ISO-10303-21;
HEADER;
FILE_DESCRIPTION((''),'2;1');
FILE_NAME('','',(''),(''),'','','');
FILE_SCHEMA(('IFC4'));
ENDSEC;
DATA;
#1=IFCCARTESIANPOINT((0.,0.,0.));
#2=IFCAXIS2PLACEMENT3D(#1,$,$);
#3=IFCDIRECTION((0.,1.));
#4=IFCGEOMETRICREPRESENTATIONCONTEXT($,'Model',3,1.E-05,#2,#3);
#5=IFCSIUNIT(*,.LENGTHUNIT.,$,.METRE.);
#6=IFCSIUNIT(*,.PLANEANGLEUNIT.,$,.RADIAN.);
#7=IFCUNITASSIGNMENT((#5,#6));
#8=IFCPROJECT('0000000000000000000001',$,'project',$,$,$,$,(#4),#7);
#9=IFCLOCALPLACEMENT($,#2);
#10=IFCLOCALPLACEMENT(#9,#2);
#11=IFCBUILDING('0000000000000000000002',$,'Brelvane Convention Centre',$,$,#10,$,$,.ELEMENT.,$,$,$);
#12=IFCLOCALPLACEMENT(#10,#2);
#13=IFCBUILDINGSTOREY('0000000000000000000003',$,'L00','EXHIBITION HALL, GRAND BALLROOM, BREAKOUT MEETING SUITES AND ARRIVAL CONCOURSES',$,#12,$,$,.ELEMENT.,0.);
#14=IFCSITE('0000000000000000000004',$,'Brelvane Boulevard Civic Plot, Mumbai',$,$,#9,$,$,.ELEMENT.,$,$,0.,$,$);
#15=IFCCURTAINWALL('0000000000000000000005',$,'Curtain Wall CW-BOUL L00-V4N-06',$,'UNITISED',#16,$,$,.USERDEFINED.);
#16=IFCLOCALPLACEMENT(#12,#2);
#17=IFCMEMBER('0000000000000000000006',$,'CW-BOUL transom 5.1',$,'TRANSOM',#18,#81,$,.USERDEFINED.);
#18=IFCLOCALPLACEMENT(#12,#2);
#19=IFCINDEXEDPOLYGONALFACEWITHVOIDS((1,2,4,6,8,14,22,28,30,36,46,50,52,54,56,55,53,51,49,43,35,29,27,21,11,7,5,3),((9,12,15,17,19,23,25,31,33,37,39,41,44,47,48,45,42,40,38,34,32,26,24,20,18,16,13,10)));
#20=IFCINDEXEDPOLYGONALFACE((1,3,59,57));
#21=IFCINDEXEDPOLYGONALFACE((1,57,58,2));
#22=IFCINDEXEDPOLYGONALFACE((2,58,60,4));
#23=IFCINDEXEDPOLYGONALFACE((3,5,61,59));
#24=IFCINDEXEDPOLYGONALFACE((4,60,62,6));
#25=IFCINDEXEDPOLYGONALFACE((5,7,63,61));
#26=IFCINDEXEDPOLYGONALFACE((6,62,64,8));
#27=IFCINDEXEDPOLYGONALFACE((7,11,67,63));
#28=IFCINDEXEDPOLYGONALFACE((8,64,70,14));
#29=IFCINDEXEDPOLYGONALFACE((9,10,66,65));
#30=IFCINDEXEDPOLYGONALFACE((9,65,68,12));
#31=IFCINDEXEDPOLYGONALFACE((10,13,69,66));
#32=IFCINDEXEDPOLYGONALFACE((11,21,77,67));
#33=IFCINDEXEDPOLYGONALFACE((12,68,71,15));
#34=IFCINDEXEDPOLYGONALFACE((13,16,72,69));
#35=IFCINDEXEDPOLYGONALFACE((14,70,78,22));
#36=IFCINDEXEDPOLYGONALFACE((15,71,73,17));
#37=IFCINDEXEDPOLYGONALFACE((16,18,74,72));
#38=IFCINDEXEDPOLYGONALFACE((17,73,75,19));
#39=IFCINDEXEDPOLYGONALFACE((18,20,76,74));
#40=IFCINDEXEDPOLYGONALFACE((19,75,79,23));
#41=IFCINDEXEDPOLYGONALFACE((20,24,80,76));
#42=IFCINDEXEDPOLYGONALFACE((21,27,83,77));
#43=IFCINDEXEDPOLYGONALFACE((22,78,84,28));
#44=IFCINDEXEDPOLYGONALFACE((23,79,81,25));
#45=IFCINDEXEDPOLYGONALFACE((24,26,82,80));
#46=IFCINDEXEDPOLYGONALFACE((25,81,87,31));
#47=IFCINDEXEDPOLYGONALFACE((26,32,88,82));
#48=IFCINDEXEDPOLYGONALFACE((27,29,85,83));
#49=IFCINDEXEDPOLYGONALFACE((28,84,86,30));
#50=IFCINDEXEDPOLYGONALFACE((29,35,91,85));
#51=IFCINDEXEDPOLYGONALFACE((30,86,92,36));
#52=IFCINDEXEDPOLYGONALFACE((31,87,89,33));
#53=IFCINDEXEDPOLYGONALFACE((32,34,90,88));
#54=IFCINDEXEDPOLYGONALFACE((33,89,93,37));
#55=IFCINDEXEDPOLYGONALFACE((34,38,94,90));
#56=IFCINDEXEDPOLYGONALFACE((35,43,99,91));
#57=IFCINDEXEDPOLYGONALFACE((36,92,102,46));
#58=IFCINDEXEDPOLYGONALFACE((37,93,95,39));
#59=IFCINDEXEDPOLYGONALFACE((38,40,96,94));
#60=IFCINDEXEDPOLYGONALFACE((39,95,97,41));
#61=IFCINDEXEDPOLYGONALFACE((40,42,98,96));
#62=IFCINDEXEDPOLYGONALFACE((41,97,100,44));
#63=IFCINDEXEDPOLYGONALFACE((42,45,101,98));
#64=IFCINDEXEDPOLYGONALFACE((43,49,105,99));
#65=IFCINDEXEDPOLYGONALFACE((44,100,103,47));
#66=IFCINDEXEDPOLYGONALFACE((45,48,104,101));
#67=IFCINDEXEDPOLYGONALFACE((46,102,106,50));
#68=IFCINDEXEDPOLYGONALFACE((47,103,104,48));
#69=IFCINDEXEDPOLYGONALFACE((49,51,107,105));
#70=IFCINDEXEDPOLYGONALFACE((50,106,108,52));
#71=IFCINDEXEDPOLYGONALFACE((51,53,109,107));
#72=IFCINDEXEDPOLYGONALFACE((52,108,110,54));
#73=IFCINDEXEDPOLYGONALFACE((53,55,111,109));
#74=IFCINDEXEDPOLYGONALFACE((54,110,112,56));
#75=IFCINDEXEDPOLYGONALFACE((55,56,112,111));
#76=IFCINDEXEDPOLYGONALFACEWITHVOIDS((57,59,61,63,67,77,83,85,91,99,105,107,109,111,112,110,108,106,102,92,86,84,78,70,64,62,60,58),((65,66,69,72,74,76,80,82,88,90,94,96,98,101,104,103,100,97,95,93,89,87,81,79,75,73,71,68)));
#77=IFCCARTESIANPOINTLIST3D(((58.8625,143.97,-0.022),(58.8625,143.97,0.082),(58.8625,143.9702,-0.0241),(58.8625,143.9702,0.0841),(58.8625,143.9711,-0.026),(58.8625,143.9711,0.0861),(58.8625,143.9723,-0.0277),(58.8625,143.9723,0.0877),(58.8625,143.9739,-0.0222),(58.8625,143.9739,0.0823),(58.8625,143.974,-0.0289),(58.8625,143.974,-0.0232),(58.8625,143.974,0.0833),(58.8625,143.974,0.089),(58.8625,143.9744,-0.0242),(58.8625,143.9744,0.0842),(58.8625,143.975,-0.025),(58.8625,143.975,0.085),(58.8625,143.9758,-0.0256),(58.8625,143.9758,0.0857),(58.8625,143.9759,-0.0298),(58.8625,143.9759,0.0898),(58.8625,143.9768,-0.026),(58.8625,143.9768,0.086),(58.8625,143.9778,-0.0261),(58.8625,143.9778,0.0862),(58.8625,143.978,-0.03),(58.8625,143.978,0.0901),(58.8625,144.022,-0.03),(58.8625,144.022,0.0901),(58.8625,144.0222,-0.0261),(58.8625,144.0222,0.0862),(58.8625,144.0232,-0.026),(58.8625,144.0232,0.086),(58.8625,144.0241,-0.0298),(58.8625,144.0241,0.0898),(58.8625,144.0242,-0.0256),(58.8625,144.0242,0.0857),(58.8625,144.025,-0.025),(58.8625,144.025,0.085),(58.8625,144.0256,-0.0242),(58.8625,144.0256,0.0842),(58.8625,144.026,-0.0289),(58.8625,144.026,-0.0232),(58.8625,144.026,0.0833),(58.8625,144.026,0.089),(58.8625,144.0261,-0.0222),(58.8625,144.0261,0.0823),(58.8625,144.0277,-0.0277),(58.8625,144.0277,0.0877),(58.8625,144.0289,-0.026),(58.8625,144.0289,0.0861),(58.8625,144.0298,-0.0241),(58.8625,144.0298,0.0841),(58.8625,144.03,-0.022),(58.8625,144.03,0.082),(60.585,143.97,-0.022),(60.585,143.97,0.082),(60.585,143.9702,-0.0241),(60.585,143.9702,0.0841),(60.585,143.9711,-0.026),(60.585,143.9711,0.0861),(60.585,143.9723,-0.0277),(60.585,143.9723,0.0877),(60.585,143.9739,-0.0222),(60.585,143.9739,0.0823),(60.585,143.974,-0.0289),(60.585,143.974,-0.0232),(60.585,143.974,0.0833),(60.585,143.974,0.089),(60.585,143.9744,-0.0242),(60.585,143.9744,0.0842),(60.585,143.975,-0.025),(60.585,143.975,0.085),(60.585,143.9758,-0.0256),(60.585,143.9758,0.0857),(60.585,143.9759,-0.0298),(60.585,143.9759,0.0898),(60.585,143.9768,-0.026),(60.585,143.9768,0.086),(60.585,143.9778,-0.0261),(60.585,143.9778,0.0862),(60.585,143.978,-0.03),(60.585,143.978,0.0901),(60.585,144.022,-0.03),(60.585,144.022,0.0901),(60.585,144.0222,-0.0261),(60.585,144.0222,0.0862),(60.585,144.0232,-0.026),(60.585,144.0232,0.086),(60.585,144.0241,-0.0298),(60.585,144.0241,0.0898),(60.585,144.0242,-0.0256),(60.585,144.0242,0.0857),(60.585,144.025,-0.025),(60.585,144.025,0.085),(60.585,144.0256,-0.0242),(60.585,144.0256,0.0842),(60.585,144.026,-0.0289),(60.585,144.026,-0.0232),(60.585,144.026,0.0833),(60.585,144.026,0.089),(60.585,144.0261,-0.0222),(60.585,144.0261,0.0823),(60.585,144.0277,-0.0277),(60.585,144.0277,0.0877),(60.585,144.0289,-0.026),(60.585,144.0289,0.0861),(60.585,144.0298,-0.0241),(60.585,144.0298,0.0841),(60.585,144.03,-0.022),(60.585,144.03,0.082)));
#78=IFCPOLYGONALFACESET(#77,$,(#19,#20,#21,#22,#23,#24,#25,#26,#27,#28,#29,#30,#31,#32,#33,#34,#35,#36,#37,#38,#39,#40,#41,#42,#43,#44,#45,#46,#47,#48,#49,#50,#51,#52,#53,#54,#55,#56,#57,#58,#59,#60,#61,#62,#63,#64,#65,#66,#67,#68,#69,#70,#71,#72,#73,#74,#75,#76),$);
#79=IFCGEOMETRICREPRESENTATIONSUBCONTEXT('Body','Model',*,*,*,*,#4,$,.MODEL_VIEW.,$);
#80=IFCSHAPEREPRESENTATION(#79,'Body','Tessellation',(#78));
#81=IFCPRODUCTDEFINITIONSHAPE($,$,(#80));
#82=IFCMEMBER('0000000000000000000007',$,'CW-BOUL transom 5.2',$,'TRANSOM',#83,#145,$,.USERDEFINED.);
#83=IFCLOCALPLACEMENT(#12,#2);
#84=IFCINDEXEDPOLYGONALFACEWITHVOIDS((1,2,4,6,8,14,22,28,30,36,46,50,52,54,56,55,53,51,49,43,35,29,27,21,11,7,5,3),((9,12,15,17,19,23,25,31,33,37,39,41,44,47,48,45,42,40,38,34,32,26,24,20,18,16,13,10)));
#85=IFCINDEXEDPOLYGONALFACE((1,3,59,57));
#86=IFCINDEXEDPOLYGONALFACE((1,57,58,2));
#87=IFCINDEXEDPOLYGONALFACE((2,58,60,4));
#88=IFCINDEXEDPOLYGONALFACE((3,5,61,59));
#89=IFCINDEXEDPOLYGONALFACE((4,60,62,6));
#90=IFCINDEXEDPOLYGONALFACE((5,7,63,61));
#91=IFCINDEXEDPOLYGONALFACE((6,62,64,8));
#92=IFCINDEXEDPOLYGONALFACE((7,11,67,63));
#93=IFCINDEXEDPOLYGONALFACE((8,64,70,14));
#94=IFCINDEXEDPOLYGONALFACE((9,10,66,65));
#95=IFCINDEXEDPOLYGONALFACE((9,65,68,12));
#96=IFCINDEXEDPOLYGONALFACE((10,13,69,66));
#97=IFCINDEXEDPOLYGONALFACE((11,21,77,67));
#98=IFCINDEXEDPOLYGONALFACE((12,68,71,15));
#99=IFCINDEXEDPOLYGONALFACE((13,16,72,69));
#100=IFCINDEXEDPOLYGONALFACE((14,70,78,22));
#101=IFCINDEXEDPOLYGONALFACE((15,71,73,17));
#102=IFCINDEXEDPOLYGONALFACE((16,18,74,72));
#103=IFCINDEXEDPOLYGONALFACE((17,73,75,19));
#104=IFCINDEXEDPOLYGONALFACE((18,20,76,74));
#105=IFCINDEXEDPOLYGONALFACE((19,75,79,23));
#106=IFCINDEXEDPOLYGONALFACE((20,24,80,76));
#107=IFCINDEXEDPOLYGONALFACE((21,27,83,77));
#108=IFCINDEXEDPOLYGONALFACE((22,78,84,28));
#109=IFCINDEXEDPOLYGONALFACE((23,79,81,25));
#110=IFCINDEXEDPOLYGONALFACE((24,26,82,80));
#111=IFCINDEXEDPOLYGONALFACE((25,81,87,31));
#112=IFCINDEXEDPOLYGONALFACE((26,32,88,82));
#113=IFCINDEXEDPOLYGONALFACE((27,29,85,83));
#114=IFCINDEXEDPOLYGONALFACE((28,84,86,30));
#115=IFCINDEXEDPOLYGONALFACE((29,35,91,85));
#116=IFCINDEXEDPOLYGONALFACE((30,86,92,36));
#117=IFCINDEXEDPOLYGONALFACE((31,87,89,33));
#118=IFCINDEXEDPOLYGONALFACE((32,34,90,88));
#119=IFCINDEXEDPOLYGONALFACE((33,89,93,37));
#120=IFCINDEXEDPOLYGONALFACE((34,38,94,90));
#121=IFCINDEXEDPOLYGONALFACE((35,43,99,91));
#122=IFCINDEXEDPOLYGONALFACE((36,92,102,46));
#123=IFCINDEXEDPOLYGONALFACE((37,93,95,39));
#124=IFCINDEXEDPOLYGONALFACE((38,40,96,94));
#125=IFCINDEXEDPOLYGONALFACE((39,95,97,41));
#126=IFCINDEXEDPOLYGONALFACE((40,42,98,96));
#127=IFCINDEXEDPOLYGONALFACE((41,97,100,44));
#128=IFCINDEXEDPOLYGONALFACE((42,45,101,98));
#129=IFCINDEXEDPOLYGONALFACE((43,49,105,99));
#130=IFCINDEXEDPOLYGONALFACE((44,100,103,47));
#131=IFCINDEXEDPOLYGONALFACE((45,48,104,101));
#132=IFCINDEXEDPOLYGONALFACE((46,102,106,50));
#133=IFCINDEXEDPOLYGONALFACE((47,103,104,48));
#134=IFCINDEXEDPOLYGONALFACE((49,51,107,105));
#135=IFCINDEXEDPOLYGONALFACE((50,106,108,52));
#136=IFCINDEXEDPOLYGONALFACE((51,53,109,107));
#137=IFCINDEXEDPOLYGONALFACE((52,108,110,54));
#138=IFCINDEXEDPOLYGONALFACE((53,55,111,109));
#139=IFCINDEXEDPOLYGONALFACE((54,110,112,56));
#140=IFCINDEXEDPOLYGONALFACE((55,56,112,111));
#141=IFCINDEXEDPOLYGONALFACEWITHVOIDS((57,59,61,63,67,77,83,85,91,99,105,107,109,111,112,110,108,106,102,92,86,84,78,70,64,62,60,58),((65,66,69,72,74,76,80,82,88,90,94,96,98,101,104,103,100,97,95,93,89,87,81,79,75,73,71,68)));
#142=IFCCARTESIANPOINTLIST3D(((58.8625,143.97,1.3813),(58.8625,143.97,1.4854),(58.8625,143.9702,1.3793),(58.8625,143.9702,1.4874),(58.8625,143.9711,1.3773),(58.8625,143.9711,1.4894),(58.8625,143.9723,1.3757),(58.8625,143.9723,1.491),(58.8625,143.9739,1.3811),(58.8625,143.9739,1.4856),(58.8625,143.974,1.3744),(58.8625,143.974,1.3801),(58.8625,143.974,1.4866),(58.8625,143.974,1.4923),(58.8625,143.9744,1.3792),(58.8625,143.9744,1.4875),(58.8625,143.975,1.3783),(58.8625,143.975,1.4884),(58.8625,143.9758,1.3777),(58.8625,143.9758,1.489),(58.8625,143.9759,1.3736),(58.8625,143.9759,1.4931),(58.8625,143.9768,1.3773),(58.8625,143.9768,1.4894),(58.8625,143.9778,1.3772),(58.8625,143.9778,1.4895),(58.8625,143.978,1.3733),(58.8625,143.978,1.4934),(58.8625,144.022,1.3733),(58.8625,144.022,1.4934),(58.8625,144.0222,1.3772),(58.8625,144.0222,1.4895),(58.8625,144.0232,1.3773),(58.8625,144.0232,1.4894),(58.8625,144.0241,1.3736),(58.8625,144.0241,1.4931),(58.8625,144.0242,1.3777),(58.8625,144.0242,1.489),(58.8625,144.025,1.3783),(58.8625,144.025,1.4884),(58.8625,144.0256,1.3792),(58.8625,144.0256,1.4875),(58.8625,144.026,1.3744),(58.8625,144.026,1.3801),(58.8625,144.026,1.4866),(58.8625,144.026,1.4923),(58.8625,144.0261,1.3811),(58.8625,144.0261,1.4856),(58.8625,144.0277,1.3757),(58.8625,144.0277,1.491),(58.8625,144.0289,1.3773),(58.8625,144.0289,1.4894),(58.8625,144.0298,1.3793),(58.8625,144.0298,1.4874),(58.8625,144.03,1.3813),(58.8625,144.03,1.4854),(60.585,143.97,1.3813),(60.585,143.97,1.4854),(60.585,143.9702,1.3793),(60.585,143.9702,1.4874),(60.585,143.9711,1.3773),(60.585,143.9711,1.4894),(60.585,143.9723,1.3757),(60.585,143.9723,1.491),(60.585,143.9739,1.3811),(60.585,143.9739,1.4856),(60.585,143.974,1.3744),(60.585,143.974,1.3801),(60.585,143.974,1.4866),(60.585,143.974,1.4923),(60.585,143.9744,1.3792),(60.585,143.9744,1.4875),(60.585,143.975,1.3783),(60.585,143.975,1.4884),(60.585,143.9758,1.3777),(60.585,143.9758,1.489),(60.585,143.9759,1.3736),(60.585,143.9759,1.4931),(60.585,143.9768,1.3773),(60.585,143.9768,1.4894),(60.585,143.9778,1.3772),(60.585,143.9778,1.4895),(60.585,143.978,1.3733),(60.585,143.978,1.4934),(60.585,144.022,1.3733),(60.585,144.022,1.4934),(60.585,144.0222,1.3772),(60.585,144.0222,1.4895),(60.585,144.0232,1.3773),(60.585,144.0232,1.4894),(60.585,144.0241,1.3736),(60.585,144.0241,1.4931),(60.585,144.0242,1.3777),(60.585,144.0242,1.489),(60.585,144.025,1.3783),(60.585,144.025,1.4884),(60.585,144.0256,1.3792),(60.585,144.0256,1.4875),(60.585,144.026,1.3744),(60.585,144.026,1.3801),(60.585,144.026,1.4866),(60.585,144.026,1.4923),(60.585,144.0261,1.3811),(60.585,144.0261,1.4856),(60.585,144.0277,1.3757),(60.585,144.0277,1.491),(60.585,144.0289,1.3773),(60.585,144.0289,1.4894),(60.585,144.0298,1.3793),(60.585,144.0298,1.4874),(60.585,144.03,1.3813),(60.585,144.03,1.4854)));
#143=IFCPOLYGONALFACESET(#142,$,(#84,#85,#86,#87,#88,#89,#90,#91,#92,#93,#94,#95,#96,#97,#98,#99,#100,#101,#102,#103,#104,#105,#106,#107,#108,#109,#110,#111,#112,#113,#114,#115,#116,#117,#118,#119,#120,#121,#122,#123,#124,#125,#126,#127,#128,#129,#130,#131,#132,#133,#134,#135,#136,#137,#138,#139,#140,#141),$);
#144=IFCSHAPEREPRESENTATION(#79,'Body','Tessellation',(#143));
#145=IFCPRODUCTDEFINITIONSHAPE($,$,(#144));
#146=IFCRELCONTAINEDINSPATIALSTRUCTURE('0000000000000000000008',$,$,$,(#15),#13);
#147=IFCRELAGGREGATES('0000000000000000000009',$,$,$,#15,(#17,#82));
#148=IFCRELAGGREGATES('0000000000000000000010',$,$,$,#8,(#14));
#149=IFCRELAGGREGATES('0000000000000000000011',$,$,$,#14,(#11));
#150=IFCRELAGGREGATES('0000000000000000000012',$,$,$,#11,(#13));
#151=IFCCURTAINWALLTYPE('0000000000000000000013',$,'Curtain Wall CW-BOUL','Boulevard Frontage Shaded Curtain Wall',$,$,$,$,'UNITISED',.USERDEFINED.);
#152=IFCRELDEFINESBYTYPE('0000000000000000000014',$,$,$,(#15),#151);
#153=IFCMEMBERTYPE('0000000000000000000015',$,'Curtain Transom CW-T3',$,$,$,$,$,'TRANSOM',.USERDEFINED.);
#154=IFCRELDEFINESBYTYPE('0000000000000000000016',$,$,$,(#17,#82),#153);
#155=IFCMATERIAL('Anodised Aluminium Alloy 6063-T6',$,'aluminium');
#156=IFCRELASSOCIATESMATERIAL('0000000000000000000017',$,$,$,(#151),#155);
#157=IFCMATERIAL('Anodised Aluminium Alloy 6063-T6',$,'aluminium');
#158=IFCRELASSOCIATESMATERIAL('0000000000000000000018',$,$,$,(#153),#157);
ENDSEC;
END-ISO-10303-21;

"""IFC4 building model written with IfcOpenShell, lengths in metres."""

from ifc_helpers import new_model, si_unit, direction, frame, origin, origin_2d, place, context, subcontext, project, spatial, hollow_rectangle, extrude, material, material_profile, profile_set, type_object, element, aggregate, save


model = new_model("IFC4")

# Units and contexts
model_context = context("Model", 3, precision=1e-05, world=origin(), true_north=direction((0.0, 1.0)))
body_context = subcontext(model_context, "Body", "Model", "MODEL_VIEW")
ifc_project = project(units=[si_unit("LENGTHUNIT", "METRE"), si_unit("PLANEANGLEUNIT", "RADIAN")], contexts=[model_context])

# Site, building, storey
site_placement = place(None, origin())
site = spatial("IfcSite", under=ifc_project, at=site_placement, Name="Brelvane Boulevard Civic Plot, Mumbai", CompositionType="ELEMENT", RefElevation=0.0)
building_placement = place(site_placement, origin())
building = spatial("IfcBuilding", under=site, at=building_placement, Name="Brelvane Convention Centre", CompositionType="ELEMENT")
storey_placement = place(building_placement, origin())
storey = spatial("IfcBuildingStorey", under=building, at=storey_placement, Name="L00", Description="EXHIBITION HALL, GRAND BALLROOM, BREAKOUT MEETING SUITES AND ARRIVAL CONCOURSES", CompositionType="ELEMENT", Elevation=0.0)

# Curtain wall, members
ifc_material_1 = material(Name="Anodised Aluminium Alloy 6063-T6", Category="aluminium")
curtain_wall_type = type_object("IfcCurtainWallType", Name="Curtain Wall CW-BOUL", Description="Boulevard Frontage Shaded Curtain Wall", ElementType="UNITISED", PredefinedType="USERDEFINED", material=ifc_material_1)
curtain_wall_placement = place(storey_placement, origin())
curtain_wall = element("IfcCurtainWall", 1, at=curtain_wall_placement, inside=storey, type_object=curtain_wall_type, Name="Curtain Wall CW-BOUL L00-V4N-06", ObjectType="UNITISED", PredefinedType="USERDEFINED")
ifc_material_2 = material(Name="Anodised Aluminium Alloy 6063-T6", Category="aluminium")
ifc_material_profile_1 = material_profile(ifc_material_2, hollow_rectangle(XDim=0.0601, YDim=0.1201, WallThickness=0.0039, InnerFilletRadius=0.0039, OuterFilletRadius=0.0081, at=origin_2d()), Name="ALU-T 120x60x4.0")
ifc_profile_set_1 = profile_set([ifc_material_profile_1], Name="Anodised Aluminium Alloy 6063-T6")
member_type_1 = type_object("IfcMemberType", Name="Curtain Transom CW-T3", ElementType="TRANSOM", PredefinedType="USERDEFINED", material=ifc_profile_set_1)
member_1_placement = place(storey_placement, frame((58.8625, 144.0, 0.03), z_axis=(1.0, 0.0, 0.0), x_axis=(0.0, 1.0, 0.0)))
member_1 = element("IfcMember", 2, at=member_1_placement, type_object=member_type_1, Name="CW-BOUL transom 5.1", ObjectType="TRANSOM", PredefinedType="USERDEFINED", context=body_context, shape_type="SweptSolid", body=[
    extrude(hollow_rectangle(XDim=0.0601, YDim=0.1201, WallThickness=0.0039, InnerFilletRadius=0.0039, OuterFilletRadius=0.0081, at=origin_2d()), origin(), (0.0, 0.0, 1.0), 1.7224),
])
member_2_placement = place(storey_placement, frame((58.8625, 144.0, 1.4333), z_axis=(1.0, 0.0, 0.0), x_axis=(0.0, 1.0, 0.0)))
member_2 = element("IfcMember", 3, at=member_2_placement, type_object=member_type_1, Name="CW-BOUL transom 5.2", ObjectType="TRANSOM", PredefinedType="USERDEFINED", context=body_context, shape_type="SweptSolid", body=[
    extrude(hollow_rectangle(XDim=0.0601, YDim=0.1201, WallThickness=0.0039, InnerFilletRadius=0.0039, OuterFilletRadius=0.0081, at=origin_2d()), origin(), (0.0, 0.0, 1.0), 1.7224),
])

aggregate(curtain_wall, [member_1, member_2])

save(model, "model.ifc")
